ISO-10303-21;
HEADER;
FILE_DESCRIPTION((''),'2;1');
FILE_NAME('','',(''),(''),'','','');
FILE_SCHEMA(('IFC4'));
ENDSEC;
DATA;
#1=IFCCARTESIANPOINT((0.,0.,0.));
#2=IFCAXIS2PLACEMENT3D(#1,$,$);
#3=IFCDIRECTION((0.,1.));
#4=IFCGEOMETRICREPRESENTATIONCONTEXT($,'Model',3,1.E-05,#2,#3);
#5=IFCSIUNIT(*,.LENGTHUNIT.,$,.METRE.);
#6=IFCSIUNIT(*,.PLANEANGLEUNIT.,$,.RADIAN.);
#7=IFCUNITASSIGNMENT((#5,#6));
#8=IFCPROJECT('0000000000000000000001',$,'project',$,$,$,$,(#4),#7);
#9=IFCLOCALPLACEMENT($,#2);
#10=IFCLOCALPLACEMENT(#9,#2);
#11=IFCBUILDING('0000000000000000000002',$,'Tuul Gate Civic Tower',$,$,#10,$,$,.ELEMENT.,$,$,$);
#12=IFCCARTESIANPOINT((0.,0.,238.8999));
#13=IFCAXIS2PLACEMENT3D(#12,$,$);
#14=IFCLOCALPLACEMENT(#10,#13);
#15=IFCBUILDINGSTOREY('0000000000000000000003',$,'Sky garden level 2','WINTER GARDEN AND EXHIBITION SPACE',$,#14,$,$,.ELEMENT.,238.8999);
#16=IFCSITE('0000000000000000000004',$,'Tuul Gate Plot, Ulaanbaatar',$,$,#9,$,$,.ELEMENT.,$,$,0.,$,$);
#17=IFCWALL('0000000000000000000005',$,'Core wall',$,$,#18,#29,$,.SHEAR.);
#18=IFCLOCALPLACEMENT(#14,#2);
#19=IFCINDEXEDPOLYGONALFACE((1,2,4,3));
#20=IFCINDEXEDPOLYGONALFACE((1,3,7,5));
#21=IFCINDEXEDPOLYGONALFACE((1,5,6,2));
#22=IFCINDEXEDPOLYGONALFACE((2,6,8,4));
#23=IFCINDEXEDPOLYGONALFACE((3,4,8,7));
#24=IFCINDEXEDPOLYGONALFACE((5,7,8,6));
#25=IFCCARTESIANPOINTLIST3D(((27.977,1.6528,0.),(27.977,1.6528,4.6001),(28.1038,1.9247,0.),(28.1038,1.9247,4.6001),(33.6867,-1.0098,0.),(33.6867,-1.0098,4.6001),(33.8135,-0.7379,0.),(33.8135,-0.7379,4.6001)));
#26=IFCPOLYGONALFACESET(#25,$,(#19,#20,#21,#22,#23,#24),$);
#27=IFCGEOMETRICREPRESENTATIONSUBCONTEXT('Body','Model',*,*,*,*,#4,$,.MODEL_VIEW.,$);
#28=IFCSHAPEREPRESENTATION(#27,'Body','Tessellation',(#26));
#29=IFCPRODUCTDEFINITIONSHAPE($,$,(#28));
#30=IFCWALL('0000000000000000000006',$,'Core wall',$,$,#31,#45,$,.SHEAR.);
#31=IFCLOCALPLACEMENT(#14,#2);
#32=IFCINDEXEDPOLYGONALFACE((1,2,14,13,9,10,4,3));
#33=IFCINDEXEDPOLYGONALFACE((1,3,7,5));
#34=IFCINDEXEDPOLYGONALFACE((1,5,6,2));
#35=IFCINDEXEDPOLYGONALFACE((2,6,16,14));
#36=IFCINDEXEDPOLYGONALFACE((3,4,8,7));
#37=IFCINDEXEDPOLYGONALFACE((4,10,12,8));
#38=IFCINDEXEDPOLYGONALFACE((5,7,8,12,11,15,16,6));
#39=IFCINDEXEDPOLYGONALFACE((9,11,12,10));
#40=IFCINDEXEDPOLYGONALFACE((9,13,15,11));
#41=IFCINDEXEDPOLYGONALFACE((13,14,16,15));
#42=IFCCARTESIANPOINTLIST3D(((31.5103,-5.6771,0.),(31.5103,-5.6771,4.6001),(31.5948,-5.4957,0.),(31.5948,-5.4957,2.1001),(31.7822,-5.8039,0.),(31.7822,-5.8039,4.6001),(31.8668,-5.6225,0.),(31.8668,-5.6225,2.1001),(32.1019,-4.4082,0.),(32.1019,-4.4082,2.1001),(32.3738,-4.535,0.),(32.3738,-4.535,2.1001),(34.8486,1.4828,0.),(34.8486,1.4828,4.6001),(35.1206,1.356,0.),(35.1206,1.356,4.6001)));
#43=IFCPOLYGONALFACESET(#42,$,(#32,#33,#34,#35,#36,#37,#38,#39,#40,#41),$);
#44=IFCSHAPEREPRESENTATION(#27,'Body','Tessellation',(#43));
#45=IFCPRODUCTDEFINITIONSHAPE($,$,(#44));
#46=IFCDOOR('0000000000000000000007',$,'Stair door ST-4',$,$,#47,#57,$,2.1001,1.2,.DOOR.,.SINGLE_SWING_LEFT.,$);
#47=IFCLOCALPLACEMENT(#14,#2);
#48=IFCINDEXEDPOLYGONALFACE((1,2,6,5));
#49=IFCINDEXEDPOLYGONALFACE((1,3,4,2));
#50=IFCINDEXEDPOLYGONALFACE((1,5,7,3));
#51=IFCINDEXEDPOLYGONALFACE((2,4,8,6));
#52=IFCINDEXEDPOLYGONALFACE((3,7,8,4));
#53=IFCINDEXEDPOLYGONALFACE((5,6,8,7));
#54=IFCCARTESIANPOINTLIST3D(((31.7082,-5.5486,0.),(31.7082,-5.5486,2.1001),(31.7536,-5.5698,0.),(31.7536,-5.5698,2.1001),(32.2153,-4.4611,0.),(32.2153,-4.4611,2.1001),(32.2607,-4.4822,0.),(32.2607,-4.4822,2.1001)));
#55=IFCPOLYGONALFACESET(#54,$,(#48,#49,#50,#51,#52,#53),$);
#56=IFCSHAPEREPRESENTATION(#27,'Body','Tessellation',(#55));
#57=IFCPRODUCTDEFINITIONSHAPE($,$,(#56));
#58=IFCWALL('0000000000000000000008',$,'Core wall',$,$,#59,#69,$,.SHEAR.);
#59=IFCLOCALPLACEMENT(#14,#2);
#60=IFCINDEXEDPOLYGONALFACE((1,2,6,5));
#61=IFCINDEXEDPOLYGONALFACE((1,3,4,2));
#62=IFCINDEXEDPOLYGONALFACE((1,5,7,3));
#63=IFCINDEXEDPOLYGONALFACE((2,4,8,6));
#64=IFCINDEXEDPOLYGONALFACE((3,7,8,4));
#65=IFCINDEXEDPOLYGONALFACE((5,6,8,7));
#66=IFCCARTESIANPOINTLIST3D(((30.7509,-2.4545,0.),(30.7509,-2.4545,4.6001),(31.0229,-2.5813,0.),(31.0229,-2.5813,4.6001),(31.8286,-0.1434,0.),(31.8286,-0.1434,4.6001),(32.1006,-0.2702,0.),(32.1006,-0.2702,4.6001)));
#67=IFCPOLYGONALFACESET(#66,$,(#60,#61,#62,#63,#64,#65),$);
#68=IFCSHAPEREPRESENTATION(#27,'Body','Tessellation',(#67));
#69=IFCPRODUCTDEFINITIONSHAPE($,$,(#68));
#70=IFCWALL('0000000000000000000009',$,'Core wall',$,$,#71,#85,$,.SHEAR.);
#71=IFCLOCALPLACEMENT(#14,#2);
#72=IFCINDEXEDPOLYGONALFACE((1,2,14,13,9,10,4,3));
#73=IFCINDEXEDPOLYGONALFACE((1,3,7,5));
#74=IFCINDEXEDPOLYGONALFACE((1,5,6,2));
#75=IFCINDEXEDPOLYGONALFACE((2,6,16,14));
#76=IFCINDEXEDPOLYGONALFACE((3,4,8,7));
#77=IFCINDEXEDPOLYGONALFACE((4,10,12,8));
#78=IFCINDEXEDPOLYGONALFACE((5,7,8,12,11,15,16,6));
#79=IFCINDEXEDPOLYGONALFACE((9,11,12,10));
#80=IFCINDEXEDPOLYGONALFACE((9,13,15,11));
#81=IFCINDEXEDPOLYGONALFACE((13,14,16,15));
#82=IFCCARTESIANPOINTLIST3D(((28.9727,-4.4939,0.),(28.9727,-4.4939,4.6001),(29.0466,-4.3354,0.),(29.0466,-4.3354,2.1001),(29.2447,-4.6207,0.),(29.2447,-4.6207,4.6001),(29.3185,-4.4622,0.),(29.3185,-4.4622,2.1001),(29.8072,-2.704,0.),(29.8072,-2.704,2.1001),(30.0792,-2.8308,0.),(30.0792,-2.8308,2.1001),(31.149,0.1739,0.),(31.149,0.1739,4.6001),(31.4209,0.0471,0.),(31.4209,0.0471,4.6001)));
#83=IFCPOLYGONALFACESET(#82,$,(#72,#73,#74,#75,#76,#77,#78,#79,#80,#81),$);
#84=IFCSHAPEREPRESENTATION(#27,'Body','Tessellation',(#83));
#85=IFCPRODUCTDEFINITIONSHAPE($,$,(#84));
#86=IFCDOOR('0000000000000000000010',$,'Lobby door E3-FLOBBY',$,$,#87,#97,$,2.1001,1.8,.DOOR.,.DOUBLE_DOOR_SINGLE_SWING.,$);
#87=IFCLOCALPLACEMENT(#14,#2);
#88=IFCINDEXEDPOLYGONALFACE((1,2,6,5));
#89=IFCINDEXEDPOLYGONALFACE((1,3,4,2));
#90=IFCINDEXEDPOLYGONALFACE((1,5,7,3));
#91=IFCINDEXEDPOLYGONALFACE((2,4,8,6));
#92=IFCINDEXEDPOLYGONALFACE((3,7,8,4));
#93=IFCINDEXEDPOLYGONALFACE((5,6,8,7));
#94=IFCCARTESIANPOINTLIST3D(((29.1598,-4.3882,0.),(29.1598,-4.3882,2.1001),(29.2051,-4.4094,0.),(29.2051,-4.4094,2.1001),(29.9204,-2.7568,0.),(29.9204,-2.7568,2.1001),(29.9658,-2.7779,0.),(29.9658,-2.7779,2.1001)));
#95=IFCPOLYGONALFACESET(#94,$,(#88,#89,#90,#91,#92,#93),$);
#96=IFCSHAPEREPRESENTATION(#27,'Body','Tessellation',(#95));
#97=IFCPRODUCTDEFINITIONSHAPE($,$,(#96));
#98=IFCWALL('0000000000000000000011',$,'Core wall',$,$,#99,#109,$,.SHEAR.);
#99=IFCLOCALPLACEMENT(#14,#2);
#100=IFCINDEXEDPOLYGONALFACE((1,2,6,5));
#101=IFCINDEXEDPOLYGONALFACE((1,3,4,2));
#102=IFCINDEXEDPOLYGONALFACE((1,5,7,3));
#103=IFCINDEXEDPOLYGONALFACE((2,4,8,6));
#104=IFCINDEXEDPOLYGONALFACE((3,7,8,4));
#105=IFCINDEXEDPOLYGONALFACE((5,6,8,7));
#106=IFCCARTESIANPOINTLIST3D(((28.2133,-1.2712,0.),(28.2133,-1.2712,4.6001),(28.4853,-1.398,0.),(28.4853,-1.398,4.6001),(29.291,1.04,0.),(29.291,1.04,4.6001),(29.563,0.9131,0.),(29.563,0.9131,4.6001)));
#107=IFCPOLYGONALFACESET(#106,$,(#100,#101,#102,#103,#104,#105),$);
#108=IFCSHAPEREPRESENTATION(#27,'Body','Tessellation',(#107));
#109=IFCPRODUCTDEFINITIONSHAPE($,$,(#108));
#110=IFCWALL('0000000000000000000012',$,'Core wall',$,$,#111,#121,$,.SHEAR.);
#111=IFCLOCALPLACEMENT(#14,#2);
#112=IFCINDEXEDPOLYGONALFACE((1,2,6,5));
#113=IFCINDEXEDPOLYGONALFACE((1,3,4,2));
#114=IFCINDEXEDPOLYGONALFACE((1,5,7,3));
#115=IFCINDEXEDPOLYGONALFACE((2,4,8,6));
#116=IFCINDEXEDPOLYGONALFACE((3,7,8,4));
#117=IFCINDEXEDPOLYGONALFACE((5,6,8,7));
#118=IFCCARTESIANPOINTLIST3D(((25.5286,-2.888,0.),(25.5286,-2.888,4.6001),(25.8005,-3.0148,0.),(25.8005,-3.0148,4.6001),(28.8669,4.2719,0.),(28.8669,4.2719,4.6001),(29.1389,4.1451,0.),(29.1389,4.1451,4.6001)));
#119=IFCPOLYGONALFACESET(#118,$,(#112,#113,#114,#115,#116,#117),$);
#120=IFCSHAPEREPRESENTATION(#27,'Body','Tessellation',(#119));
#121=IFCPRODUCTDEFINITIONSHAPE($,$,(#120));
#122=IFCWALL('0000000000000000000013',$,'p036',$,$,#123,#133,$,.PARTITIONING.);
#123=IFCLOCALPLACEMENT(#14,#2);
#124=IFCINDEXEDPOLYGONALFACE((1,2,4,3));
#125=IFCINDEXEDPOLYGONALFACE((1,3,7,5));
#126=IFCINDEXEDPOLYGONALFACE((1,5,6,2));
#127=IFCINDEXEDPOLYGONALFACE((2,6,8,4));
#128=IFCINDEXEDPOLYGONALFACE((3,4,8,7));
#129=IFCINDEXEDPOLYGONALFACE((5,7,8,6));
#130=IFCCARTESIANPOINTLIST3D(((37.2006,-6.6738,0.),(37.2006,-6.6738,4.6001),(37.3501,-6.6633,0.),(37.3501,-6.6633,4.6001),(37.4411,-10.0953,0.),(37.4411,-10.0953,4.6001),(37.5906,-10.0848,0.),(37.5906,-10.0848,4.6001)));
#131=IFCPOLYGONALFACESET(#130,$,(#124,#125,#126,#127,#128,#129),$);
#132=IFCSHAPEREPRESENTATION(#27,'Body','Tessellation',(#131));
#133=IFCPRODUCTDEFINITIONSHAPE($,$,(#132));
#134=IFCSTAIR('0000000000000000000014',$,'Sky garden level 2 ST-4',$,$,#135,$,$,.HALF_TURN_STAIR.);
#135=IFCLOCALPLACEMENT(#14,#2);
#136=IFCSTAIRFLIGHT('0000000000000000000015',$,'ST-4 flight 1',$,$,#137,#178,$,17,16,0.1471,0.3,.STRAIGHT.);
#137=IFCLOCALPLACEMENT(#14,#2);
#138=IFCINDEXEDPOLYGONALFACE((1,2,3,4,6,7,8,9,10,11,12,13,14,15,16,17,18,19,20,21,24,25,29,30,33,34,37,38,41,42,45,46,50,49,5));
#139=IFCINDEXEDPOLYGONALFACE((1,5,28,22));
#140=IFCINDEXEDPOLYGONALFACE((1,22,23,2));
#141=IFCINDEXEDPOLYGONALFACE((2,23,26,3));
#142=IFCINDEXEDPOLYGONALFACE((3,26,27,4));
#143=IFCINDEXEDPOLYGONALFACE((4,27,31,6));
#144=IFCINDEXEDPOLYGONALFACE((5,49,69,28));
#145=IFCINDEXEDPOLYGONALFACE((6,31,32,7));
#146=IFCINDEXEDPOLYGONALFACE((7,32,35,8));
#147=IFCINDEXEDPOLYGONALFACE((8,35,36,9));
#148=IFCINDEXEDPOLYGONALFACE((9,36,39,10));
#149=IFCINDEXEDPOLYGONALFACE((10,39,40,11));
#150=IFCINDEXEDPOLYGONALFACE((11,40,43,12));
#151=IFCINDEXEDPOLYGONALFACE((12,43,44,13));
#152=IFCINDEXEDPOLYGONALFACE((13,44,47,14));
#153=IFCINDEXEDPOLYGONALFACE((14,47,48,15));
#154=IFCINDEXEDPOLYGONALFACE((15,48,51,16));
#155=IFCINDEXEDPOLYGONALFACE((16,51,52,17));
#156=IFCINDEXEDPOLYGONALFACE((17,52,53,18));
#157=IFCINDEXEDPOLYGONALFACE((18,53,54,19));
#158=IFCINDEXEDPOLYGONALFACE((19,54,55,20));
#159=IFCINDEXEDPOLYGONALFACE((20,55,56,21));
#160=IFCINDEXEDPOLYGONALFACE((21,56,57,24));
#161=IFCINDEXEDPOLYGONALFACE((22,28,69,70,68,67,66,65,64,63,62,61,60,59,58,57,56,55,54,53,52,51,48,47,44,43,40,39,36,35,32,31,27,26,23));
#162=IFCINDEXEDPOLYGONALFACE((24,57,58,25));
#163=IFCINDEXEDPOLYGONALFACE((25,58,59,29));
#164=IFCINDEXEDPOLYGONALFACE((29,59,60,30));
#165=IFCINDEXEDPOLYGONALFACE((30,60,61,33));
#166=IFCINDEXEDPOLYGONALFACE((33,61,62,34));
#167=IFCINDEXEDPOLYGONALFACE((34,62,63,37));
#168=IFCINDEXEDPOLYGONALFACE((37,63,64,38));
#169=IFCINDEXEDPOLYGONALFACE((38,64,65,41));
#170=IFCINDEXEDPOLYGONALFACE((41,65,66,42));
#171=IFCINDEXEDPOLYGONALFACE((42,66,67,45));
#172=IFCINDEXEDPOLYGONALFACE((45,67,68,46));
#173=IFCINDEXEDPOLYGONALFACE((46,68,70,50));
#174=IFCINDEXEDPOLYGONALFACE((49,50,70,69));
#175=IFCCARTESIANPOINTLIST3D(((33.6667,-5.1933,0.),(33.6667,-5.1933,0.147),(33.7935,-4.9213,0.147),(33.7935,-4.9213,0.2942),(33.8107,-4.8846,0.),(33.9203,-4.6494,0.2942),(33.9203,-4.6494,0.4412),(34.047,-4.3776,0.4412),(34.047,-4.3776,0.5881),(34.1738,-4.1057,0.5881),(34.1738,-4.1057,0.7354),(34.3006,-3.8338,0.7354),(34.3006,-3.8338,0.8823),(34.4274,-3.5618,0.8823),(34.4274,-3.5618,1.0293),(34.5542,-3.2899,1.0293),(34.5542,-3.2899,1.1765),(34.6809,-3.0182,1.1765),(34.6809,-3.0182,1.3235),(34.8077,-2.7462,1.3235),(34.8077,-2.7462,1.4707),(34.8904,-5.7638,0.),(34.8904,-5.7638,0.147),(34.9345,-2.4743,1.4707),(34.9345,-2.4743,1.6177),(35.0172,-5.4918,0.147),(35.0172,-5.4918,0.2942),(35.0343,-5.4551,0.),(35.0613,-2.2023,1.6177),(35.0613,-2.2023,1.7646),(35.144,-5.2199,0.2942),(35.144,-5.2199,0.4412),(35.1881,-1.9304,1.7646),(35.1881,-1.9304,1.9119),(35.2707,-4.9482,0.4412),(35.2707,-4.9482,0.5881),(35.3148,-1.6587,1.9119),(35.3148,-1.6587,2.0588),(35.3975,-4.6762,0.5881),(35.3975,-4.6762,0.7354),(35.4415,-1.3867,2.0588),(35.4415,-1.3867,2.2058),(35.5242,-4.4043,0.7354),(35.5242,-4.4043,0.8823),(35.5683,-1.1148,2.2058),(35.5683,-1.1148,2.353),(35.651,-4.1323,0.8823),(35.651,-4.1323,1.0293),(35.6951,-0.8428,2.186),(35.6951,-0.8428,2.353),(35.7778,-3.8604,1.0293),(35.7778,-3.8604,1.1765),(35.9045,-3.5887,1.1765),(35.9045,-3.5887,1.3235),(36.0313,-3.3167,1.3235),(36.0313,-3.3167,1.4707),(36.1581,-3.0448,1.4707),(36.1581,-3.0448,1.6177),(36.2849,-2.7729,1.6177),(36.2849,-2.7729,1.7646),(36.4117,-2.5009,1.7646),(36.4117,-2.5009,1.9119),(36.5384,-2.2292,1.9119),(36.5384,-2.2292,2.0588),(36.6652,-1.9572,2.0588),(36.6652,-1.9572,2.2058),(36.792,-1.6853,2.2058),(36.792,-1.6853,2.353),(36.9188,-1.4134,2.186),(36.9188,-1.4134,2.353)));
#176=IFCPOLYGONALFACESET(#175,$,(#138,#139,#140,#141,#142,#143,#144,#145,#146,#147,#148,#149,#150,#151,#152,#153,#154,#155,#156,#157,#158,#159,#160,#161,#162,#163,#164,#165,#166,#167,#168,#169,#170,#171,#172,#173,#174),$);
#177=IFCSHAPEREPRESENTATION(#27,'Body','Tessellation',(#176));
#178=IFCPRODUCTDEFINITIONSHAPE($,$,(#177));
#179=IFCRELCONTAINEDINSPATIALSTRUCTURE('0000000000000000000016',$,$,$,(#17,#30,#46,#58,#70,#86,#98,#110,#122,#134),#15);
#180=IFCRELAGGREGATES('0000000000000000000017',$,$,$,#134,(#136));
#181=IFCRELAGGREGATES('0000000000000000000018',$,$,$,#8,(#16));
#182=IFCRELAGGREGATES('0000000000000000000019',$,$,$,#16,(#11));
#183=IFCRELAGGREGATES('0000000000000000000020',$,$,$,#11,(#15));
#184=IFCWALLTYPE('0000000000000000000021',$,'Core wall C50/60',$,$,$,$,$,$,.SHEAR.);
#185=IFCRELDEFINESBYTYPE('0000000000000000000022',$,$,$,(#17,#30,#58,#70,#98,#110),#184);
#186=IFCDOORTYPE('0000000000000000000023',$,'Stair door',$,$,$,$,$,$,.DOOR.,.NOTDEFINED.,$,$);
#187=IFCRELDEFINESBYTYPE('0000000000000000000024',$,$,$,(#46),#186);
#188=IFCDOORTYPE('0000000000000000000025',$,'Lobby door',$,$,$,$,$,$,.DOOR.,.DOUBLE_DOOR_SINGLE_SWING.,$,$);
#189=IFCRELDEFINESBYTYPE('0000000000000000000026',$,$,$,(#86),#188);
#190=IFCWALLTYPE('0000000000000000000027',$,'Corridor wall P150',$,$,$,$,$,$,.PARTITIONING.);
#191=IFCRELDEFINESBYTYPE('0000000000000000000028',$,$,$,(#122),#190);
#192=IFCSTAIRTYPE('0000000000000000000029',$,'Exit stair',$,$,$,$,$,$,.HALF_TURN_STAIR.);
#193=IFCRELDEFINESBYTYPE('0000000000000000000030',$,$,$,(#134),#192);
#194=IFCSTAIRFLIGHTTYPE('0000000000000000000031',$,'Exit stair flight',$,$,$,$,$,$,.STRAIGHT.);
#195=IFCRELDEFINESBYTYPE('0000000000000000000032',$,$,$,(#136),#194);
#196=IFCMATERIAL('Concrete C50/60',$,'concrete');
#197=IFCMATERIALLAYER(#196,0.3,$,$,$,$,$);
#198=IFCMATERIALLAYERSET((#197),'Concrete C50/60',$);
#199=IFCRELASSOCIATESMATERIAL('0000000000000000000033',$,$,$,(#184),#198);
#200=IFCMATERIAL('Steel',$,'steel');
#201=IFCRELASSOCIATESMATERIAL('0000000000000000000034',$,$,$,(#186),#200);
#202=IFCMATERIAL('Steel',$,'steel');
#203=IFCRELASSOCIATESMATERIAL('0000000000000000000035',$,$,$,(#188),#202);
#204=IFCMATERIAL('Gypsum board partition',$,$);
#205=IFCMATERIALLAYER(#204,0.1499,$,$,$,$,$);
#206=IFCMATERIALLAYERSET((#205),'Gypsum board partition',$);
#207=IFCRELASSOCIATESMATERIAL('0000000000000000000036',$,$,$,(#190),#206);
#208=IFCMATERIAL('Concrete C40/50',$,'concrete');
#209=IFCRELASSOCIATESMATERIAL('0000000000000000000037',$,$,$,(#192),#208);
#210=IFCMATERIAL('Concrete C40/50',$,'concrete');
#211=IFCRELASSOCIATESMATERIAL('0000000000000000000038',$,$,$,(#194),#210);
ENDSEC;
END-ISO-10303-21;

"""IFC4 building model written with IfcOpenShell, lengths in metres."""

from ifc_helpers import new_model, si_unit, direction, frame, frame_2d, origin, place, context, subcontext, project, spatial, polyline, rectangle, outline, extrude, material, layer, layer_set, type_object, element, fill, aggregate, save


model = new_model("IFC4")

# Units and contexts
model_context = context("Model", 3, precision=1e-05, world=origin(), true_north=direction((0.0, 1.0)))
body_context = subcontext(model_context, "Body", "Model", "MODEL_VIEW")
ifc_project = project(units=[si_unit("LENGTHUNIT", "METRE"), si_unit("PLANEANGLEUNIT", "RADIAN")], contexts=[model_context])

# Site, building, storey
site_placement = place(None, origin())
site = spatial("IfcSite", under=ifc_project, at=site_placement, Name="Tuul Gate Plot, Ulaanbaatar", CompositionType="ELEMENT", RefElevation=0.0)
building_placement = place(site_placement, origin())
building = spatial("IfcBuilding", under=site, at=building_placement, Name="Tuul Gate Civic Tower", CompositionType="ELEMENT")
storey_placement = place(building_placement, frame((0.0, 0.0, 238.8999)))
storey = spatial("IfcBuildingStorey", under=building, at=storey_placement, Name="Sky garden level 2", Description="WINTER GARDEN AND EXHIBITION SPACE", CompositionType="ELEMENT", Elevation=238.8999)

# Shared definitions
ifc_material_1 = material(Name="Concrete C50/60", Category="concrete")
ifc_layer_1 = layer(ifc_material_1, 0.3)
ifc_layer_set_1 = layer_set([ifc_layer_1], Name="Concrete C50/60")
wall_type_1 = type_object("IfcWallType", Name="Core wall C50/60", PredefinedType="SHEAR", material=ifc_layer_set_1)

# Wall
wall_1_placement = place(storey_placement, frame((33.75, -0.8738, 0.0), z_axis=(0.0, 0.0, 1.0), x_axis=(-0.906301, 0.422633, 0.0)))
element("IfcWall", 1, at=wall_1_placement, inside=storey, type_object=wall_type_1, Name="Core wall", PredefinedType="SHEAR", context=body_context, shape_type="SweptSolid", body=[
    extrude(rectangle(XDim=6.3, YDim=0.3, at=frame_2d((3.1499, 0.0))), origin(), (0.0, 0.0, 1.0), 4.6001),
])

# Wall, opening, door
wall_2_placement = place(storey_placement, frame((31.6462, -5.7405, 0.0), z_axis=(0.0, 0.0, 1.0), x_axis=(0.422583, 0.906324, 0.0)))
wall_2 = element("IfcWall", 2, at=wall_2_placement, inside=storey, type_object=wall_type_1, Name="Core wall", PredefinedType="SHEAR", context=body_context, shape_type="SweptSolid", body=[
    extrude(rectangle(XDim=7.8999, YDim=0.3, at=frame_2d((3.95, 0.0))), origin(), (0.0, 0.0, 1.0), 4.6001),
])
opening_1_placement = place(wall_2_placement, frame((0.2, 0.0, 0.0)))
opening_1 = element("IfcOpeningElement", 3, at=opening_1_placement, cuts=wall_2, PredefinedType="OPENING", context=body_context, shape_type="SweptSolid", body=[
    extrude(rectangle(XDim=1.2, YDim=2.1001, at=frame_2d((0.6001, 1.05))), frame((0.0, 0.1602, 0.0), z_axis=(0.0, -1.0, 0.0), x_axis=(1.0, 0.0, 0.0)), (0.0, 0.0, 1.0), 0.3201),
])
ifc_material_2 = material(Name="Steel", Category="steel")
door_type_1 = type_object("IfcDoorType", Name="Stair door", OperationType="NOTDEFINED", PredefinedType="DOOR", material=ifc_material_2)
door_1_placement = place(opening_1_placement, origin())
door_1 = element("IfcDoor", 4, at=door_1_placement, inside=storey, type_object=door_type_1, Name="Stair door ST-4", OperationType="SINGLE_SWING_LEFT", OverallHeight=2.1001, OverallWidth=1.2, PredefinedType="DOOR", context=body_context, shape_type="SweptSolid", body=[
    extrude(rectangle(XDim=1.2, YDim=2.1001, at=frame_2d((0.6001, 1.05))), frame((0.0, 0.0249, 0.0), z_axis=(0.0, -1.0, 0.0), x_axis=(1.0, 0.0, 0.0)), (0.0, 0.0, 1.0), 0.05),
])
fill(opening_1, door_1)

# Wall
wall_3_placement = place(storey_placement, frame((30.887, -2.5178, 0.0), z_axis=(0.0, 0.0, 1.0), x_axis=(0.422613, 0.90631, 0.0)))
element("IfcWall", 5, at=wall_3_placement, inside=storey, type_object=wall_type_1, Name="Core wall", PredefinedType="SHEAR", context=body_context, shape_type="SweptSolid", body=[
    extrude(rectangle(XDim=2.55, YDim=0.3, at=frame_2d((1.2749, 0.0))), origin(), (0.0, 0.0, 1.0), 4.6001),
])

# Wall, opening, door
wall_4_placement = place(storey_placement, frame((29.1086, -4.5574, 0.0), z_axis=(0.0, 0.0, 1.0), x_axis=(0.422566, 0.906332, 0.0)))
wall_4 = element("IfcWall", 6, at=wall_4_placement, inside=storey, type_object=wall_type_1, Name="Core wall", PredefinedType="SHEAR", context=body_context, shape_type="SweptSolid", body=[
    extrude(rectangle(XDim=5.1501, YDim=0.3, at=frame_2d((2.5752, 0.0))), origin(), (0.0, 0.0, 1.0), 4.6001),
])
opening_2_placement = place(wall_4_placement, frame((0.175, 0.0, 0.0)))
opening_2 = element("IfcOpeningElement", 7, at=opening_2_placement, cuts=wall_4, PredefinedType="OPENING", context=body_context, shape_type="SweptSolid", body=[
    extrude(rectangle(XDim=1.8, YDim=2.1001, at=frame_2d((0.8999, 1.05))), frame((0.0, 0.1602, 0.0), z_axis=(0.0, -1.0, 0.0), x_axis=(1.0, 0.0, 0.0)), (0.0, 0.0, 1.0), 0.3201),
])
ifc_material_3 = material(Name="Steel", Category="steel")
door_type_2 = type_object("IfcDoorType", Name="Lobby door", OperationType="DOUBLE_DOOR_SINGLE_SWING", PredefinedType="DOOR", material=ifc_material_3)
door_2_placement = place(opening_2_placement, frame((1.8, 0.0, 0.0), z_axis=(0.0, 0.0, 1.0), x_axis=(-1.0, 0.0, 0.0)))
door_2 = element("IfcDoor", 8, at=door_2_placement, inside=storey, type_object=door_type_2, Name="Lobby door E3-FLOBBY", OperationType="DOUBLE_DOOR_SINGLE_SWING", OverallHeight=2.1001, OverallWidth=1.8, PredefinedType="DOOR", context=body_context, shape_type="SweptSolid", body=[
    extrude(rectangle(XDim=1.8, YDim=2.1001, at=frame_2d((0.9001, 1.05))), frame((0.0, 0.0249, 0.0), z_axis=(0.0, -1.0, 0.0), x_axis=(1.0, 0.0, 0.0)), (0.0, 0.0, 1.0), 0.05),
])
fill(opening_2, door_2)

# Walls
wall_5_placement = place(storey_placement, frame((28.3494, -1.3345, 0.0), z_axis=(0.0, 0.0, 1.0), x_axis=(0.422613, 0.90631, 0.0)))
element("IfcWall", 9, at=wall_5_placement, inside=storey, type_object=wall_type_1, Name="Core wall", PredefinedType="SHEAR", context=body_context, shape_type="SweptSolid", body=[
    extrude(rectangle(XDim=2.55, YDim=0.3, at=frame_2d((1.2749, 0.0))), origin(), (0.0, 0.0, 1.0), 4.6001),
])
wall_6_placement = place(storey_placement, frame((25.6646, -2.9514, 0.0), z_axis=(0.0, 0.0, 1.0), x_axis=(0.422583, 0.906324, 0.0)))
element("IfcWall", 10, at=wall_6_placement, inside=storey, type_object=wall_type_1, Name="Core wall", PredefinedType="SHEAR", context=body_context, shape_type="SweptSolid", body=[
    extrude(rectangle(XDim=7.8999, YDim=0.3, at=frame_2d((3.95, 0.0))), origin(), (0.0, 0.0, 1.0), 4.6001),
])
ifc_material_4 = material(Name="Gypsum board partition")
ifc_layer_2 = layer(ifc_material_4, 0.1499)
ifc_layer_set_2 = layer_set([ifc_layer_2], Name="Gypsum board partition")
wall_type_2 = type_object("IfcWallType", Name="Corridor wall P150", PredefinedType="PARTITIONING", material=ifc_layer_set_2)
wall_7_placement = place(storey_placement, frame((37.2754, -6.6687, 0.0), z_axis=(0.0, 0.0, 1.0), x_axis=(0.070114, -0.997539, 0.0)))
element("IfcWall", 11, at=wall_7_placement, inside=storey, type_object=wall_type_2, Name="p036", PredefinedType="PARTITIONING", context=body_context, shape_type="SweptSolid", body=[
    extrude(rectangle(XDim=3.4299, YDim=0.1499, at=frame_2d((1.7148, 0.0))), origin(), (0.0, 0.0, 1.0), 4.6001),
])

# Stair, stair flight
ifc_material_5 = material(Name="Concrete C40/50", Category="concrete")
stair_type = type_object("IfcStairType", Name="Exit stair", PredefinedType="HALF_TURN_STAIR", material=ifc_material_5)
stair_placement = place(storey_placement, origin())
stair = element("IfcStair", 12, at=stair_placement, inside=storey, type_object=stair_type, Name="Sky garden level 2 ST-4", PredefinedType="HALF_TURN_STAIR")
ifc_material_6 = material(Name="Concrete C40/50", Category="concrete")
stair_flight_type = type_object("IfcStairFlightType", Name="Exit stair flight", PredefinedType="STRAIGHT", material=ifc_material_6)
stair_flight_placement = place(storey_placement, frame((34.2786, -5.4785, 0.0), z_axis=(0.0, 0.0, 1.0), x_axis=(0.422576, 0.906327, 0.0)))
stair_flight = element("IfcStairFlight", 13, at=stair_flight_placement, type_object=stair_flight_type, Name="ST-4 flight 1", NumberOfRisers=17, NumberOfTreads=16, PredefinedType="STRAIGHT", RiserHeight=0.1471, TreadLength=0.3, context=body_context, shape_type="SweptSolid", body=[
    extrude(outline(polyline([(0.0, 0.0), (0.0, 0.147), (0.3, 0.147), (0.3, 0.2942), (0.6001, 0.2942), (0.6001, 0.4412), (0.8999, 0.4412), (0.8999, 0.5881), (1.2, 0.5881), (1.2, 0.7354), (1.5, 0.7354), (1.5, 0.8823), (1.8, 0.8823), (1.8, 1.0293), (2.1001, 1.0293), (2.1001, 1.1765), (2.3999, 1.1765), (2.3999, 1.3235), (2.7, 1.3235), (2.7, 1.4707), (3.0, 1.4707), (3.0, 1.6177), (3.3, 1.6177), (3.3, 1.7646), (3.6001, 1.7646), (3.6001, 1.9119), (3.8999, 1.9119), (3.8999, 2.0588), (4.2, 2.0588), (4.2, 2.2058), (4.5, 2.2058), (4.5, 2.353), (4.8, 2.353), (4.8, 2.5), (4.8, 2.186), (0.3406, 0.0), (0.0, 0.0)])), frame((0.0, 0.675, 0.0), z_axis=(0.0, -1.0, 0.0), x_axis=(1.0, 0.0, 0.0)), (0.0, 0.0, 1.0), 1.3501),
])
aggregate(stair, [stair_flight])

save(model, "model.ifc")
